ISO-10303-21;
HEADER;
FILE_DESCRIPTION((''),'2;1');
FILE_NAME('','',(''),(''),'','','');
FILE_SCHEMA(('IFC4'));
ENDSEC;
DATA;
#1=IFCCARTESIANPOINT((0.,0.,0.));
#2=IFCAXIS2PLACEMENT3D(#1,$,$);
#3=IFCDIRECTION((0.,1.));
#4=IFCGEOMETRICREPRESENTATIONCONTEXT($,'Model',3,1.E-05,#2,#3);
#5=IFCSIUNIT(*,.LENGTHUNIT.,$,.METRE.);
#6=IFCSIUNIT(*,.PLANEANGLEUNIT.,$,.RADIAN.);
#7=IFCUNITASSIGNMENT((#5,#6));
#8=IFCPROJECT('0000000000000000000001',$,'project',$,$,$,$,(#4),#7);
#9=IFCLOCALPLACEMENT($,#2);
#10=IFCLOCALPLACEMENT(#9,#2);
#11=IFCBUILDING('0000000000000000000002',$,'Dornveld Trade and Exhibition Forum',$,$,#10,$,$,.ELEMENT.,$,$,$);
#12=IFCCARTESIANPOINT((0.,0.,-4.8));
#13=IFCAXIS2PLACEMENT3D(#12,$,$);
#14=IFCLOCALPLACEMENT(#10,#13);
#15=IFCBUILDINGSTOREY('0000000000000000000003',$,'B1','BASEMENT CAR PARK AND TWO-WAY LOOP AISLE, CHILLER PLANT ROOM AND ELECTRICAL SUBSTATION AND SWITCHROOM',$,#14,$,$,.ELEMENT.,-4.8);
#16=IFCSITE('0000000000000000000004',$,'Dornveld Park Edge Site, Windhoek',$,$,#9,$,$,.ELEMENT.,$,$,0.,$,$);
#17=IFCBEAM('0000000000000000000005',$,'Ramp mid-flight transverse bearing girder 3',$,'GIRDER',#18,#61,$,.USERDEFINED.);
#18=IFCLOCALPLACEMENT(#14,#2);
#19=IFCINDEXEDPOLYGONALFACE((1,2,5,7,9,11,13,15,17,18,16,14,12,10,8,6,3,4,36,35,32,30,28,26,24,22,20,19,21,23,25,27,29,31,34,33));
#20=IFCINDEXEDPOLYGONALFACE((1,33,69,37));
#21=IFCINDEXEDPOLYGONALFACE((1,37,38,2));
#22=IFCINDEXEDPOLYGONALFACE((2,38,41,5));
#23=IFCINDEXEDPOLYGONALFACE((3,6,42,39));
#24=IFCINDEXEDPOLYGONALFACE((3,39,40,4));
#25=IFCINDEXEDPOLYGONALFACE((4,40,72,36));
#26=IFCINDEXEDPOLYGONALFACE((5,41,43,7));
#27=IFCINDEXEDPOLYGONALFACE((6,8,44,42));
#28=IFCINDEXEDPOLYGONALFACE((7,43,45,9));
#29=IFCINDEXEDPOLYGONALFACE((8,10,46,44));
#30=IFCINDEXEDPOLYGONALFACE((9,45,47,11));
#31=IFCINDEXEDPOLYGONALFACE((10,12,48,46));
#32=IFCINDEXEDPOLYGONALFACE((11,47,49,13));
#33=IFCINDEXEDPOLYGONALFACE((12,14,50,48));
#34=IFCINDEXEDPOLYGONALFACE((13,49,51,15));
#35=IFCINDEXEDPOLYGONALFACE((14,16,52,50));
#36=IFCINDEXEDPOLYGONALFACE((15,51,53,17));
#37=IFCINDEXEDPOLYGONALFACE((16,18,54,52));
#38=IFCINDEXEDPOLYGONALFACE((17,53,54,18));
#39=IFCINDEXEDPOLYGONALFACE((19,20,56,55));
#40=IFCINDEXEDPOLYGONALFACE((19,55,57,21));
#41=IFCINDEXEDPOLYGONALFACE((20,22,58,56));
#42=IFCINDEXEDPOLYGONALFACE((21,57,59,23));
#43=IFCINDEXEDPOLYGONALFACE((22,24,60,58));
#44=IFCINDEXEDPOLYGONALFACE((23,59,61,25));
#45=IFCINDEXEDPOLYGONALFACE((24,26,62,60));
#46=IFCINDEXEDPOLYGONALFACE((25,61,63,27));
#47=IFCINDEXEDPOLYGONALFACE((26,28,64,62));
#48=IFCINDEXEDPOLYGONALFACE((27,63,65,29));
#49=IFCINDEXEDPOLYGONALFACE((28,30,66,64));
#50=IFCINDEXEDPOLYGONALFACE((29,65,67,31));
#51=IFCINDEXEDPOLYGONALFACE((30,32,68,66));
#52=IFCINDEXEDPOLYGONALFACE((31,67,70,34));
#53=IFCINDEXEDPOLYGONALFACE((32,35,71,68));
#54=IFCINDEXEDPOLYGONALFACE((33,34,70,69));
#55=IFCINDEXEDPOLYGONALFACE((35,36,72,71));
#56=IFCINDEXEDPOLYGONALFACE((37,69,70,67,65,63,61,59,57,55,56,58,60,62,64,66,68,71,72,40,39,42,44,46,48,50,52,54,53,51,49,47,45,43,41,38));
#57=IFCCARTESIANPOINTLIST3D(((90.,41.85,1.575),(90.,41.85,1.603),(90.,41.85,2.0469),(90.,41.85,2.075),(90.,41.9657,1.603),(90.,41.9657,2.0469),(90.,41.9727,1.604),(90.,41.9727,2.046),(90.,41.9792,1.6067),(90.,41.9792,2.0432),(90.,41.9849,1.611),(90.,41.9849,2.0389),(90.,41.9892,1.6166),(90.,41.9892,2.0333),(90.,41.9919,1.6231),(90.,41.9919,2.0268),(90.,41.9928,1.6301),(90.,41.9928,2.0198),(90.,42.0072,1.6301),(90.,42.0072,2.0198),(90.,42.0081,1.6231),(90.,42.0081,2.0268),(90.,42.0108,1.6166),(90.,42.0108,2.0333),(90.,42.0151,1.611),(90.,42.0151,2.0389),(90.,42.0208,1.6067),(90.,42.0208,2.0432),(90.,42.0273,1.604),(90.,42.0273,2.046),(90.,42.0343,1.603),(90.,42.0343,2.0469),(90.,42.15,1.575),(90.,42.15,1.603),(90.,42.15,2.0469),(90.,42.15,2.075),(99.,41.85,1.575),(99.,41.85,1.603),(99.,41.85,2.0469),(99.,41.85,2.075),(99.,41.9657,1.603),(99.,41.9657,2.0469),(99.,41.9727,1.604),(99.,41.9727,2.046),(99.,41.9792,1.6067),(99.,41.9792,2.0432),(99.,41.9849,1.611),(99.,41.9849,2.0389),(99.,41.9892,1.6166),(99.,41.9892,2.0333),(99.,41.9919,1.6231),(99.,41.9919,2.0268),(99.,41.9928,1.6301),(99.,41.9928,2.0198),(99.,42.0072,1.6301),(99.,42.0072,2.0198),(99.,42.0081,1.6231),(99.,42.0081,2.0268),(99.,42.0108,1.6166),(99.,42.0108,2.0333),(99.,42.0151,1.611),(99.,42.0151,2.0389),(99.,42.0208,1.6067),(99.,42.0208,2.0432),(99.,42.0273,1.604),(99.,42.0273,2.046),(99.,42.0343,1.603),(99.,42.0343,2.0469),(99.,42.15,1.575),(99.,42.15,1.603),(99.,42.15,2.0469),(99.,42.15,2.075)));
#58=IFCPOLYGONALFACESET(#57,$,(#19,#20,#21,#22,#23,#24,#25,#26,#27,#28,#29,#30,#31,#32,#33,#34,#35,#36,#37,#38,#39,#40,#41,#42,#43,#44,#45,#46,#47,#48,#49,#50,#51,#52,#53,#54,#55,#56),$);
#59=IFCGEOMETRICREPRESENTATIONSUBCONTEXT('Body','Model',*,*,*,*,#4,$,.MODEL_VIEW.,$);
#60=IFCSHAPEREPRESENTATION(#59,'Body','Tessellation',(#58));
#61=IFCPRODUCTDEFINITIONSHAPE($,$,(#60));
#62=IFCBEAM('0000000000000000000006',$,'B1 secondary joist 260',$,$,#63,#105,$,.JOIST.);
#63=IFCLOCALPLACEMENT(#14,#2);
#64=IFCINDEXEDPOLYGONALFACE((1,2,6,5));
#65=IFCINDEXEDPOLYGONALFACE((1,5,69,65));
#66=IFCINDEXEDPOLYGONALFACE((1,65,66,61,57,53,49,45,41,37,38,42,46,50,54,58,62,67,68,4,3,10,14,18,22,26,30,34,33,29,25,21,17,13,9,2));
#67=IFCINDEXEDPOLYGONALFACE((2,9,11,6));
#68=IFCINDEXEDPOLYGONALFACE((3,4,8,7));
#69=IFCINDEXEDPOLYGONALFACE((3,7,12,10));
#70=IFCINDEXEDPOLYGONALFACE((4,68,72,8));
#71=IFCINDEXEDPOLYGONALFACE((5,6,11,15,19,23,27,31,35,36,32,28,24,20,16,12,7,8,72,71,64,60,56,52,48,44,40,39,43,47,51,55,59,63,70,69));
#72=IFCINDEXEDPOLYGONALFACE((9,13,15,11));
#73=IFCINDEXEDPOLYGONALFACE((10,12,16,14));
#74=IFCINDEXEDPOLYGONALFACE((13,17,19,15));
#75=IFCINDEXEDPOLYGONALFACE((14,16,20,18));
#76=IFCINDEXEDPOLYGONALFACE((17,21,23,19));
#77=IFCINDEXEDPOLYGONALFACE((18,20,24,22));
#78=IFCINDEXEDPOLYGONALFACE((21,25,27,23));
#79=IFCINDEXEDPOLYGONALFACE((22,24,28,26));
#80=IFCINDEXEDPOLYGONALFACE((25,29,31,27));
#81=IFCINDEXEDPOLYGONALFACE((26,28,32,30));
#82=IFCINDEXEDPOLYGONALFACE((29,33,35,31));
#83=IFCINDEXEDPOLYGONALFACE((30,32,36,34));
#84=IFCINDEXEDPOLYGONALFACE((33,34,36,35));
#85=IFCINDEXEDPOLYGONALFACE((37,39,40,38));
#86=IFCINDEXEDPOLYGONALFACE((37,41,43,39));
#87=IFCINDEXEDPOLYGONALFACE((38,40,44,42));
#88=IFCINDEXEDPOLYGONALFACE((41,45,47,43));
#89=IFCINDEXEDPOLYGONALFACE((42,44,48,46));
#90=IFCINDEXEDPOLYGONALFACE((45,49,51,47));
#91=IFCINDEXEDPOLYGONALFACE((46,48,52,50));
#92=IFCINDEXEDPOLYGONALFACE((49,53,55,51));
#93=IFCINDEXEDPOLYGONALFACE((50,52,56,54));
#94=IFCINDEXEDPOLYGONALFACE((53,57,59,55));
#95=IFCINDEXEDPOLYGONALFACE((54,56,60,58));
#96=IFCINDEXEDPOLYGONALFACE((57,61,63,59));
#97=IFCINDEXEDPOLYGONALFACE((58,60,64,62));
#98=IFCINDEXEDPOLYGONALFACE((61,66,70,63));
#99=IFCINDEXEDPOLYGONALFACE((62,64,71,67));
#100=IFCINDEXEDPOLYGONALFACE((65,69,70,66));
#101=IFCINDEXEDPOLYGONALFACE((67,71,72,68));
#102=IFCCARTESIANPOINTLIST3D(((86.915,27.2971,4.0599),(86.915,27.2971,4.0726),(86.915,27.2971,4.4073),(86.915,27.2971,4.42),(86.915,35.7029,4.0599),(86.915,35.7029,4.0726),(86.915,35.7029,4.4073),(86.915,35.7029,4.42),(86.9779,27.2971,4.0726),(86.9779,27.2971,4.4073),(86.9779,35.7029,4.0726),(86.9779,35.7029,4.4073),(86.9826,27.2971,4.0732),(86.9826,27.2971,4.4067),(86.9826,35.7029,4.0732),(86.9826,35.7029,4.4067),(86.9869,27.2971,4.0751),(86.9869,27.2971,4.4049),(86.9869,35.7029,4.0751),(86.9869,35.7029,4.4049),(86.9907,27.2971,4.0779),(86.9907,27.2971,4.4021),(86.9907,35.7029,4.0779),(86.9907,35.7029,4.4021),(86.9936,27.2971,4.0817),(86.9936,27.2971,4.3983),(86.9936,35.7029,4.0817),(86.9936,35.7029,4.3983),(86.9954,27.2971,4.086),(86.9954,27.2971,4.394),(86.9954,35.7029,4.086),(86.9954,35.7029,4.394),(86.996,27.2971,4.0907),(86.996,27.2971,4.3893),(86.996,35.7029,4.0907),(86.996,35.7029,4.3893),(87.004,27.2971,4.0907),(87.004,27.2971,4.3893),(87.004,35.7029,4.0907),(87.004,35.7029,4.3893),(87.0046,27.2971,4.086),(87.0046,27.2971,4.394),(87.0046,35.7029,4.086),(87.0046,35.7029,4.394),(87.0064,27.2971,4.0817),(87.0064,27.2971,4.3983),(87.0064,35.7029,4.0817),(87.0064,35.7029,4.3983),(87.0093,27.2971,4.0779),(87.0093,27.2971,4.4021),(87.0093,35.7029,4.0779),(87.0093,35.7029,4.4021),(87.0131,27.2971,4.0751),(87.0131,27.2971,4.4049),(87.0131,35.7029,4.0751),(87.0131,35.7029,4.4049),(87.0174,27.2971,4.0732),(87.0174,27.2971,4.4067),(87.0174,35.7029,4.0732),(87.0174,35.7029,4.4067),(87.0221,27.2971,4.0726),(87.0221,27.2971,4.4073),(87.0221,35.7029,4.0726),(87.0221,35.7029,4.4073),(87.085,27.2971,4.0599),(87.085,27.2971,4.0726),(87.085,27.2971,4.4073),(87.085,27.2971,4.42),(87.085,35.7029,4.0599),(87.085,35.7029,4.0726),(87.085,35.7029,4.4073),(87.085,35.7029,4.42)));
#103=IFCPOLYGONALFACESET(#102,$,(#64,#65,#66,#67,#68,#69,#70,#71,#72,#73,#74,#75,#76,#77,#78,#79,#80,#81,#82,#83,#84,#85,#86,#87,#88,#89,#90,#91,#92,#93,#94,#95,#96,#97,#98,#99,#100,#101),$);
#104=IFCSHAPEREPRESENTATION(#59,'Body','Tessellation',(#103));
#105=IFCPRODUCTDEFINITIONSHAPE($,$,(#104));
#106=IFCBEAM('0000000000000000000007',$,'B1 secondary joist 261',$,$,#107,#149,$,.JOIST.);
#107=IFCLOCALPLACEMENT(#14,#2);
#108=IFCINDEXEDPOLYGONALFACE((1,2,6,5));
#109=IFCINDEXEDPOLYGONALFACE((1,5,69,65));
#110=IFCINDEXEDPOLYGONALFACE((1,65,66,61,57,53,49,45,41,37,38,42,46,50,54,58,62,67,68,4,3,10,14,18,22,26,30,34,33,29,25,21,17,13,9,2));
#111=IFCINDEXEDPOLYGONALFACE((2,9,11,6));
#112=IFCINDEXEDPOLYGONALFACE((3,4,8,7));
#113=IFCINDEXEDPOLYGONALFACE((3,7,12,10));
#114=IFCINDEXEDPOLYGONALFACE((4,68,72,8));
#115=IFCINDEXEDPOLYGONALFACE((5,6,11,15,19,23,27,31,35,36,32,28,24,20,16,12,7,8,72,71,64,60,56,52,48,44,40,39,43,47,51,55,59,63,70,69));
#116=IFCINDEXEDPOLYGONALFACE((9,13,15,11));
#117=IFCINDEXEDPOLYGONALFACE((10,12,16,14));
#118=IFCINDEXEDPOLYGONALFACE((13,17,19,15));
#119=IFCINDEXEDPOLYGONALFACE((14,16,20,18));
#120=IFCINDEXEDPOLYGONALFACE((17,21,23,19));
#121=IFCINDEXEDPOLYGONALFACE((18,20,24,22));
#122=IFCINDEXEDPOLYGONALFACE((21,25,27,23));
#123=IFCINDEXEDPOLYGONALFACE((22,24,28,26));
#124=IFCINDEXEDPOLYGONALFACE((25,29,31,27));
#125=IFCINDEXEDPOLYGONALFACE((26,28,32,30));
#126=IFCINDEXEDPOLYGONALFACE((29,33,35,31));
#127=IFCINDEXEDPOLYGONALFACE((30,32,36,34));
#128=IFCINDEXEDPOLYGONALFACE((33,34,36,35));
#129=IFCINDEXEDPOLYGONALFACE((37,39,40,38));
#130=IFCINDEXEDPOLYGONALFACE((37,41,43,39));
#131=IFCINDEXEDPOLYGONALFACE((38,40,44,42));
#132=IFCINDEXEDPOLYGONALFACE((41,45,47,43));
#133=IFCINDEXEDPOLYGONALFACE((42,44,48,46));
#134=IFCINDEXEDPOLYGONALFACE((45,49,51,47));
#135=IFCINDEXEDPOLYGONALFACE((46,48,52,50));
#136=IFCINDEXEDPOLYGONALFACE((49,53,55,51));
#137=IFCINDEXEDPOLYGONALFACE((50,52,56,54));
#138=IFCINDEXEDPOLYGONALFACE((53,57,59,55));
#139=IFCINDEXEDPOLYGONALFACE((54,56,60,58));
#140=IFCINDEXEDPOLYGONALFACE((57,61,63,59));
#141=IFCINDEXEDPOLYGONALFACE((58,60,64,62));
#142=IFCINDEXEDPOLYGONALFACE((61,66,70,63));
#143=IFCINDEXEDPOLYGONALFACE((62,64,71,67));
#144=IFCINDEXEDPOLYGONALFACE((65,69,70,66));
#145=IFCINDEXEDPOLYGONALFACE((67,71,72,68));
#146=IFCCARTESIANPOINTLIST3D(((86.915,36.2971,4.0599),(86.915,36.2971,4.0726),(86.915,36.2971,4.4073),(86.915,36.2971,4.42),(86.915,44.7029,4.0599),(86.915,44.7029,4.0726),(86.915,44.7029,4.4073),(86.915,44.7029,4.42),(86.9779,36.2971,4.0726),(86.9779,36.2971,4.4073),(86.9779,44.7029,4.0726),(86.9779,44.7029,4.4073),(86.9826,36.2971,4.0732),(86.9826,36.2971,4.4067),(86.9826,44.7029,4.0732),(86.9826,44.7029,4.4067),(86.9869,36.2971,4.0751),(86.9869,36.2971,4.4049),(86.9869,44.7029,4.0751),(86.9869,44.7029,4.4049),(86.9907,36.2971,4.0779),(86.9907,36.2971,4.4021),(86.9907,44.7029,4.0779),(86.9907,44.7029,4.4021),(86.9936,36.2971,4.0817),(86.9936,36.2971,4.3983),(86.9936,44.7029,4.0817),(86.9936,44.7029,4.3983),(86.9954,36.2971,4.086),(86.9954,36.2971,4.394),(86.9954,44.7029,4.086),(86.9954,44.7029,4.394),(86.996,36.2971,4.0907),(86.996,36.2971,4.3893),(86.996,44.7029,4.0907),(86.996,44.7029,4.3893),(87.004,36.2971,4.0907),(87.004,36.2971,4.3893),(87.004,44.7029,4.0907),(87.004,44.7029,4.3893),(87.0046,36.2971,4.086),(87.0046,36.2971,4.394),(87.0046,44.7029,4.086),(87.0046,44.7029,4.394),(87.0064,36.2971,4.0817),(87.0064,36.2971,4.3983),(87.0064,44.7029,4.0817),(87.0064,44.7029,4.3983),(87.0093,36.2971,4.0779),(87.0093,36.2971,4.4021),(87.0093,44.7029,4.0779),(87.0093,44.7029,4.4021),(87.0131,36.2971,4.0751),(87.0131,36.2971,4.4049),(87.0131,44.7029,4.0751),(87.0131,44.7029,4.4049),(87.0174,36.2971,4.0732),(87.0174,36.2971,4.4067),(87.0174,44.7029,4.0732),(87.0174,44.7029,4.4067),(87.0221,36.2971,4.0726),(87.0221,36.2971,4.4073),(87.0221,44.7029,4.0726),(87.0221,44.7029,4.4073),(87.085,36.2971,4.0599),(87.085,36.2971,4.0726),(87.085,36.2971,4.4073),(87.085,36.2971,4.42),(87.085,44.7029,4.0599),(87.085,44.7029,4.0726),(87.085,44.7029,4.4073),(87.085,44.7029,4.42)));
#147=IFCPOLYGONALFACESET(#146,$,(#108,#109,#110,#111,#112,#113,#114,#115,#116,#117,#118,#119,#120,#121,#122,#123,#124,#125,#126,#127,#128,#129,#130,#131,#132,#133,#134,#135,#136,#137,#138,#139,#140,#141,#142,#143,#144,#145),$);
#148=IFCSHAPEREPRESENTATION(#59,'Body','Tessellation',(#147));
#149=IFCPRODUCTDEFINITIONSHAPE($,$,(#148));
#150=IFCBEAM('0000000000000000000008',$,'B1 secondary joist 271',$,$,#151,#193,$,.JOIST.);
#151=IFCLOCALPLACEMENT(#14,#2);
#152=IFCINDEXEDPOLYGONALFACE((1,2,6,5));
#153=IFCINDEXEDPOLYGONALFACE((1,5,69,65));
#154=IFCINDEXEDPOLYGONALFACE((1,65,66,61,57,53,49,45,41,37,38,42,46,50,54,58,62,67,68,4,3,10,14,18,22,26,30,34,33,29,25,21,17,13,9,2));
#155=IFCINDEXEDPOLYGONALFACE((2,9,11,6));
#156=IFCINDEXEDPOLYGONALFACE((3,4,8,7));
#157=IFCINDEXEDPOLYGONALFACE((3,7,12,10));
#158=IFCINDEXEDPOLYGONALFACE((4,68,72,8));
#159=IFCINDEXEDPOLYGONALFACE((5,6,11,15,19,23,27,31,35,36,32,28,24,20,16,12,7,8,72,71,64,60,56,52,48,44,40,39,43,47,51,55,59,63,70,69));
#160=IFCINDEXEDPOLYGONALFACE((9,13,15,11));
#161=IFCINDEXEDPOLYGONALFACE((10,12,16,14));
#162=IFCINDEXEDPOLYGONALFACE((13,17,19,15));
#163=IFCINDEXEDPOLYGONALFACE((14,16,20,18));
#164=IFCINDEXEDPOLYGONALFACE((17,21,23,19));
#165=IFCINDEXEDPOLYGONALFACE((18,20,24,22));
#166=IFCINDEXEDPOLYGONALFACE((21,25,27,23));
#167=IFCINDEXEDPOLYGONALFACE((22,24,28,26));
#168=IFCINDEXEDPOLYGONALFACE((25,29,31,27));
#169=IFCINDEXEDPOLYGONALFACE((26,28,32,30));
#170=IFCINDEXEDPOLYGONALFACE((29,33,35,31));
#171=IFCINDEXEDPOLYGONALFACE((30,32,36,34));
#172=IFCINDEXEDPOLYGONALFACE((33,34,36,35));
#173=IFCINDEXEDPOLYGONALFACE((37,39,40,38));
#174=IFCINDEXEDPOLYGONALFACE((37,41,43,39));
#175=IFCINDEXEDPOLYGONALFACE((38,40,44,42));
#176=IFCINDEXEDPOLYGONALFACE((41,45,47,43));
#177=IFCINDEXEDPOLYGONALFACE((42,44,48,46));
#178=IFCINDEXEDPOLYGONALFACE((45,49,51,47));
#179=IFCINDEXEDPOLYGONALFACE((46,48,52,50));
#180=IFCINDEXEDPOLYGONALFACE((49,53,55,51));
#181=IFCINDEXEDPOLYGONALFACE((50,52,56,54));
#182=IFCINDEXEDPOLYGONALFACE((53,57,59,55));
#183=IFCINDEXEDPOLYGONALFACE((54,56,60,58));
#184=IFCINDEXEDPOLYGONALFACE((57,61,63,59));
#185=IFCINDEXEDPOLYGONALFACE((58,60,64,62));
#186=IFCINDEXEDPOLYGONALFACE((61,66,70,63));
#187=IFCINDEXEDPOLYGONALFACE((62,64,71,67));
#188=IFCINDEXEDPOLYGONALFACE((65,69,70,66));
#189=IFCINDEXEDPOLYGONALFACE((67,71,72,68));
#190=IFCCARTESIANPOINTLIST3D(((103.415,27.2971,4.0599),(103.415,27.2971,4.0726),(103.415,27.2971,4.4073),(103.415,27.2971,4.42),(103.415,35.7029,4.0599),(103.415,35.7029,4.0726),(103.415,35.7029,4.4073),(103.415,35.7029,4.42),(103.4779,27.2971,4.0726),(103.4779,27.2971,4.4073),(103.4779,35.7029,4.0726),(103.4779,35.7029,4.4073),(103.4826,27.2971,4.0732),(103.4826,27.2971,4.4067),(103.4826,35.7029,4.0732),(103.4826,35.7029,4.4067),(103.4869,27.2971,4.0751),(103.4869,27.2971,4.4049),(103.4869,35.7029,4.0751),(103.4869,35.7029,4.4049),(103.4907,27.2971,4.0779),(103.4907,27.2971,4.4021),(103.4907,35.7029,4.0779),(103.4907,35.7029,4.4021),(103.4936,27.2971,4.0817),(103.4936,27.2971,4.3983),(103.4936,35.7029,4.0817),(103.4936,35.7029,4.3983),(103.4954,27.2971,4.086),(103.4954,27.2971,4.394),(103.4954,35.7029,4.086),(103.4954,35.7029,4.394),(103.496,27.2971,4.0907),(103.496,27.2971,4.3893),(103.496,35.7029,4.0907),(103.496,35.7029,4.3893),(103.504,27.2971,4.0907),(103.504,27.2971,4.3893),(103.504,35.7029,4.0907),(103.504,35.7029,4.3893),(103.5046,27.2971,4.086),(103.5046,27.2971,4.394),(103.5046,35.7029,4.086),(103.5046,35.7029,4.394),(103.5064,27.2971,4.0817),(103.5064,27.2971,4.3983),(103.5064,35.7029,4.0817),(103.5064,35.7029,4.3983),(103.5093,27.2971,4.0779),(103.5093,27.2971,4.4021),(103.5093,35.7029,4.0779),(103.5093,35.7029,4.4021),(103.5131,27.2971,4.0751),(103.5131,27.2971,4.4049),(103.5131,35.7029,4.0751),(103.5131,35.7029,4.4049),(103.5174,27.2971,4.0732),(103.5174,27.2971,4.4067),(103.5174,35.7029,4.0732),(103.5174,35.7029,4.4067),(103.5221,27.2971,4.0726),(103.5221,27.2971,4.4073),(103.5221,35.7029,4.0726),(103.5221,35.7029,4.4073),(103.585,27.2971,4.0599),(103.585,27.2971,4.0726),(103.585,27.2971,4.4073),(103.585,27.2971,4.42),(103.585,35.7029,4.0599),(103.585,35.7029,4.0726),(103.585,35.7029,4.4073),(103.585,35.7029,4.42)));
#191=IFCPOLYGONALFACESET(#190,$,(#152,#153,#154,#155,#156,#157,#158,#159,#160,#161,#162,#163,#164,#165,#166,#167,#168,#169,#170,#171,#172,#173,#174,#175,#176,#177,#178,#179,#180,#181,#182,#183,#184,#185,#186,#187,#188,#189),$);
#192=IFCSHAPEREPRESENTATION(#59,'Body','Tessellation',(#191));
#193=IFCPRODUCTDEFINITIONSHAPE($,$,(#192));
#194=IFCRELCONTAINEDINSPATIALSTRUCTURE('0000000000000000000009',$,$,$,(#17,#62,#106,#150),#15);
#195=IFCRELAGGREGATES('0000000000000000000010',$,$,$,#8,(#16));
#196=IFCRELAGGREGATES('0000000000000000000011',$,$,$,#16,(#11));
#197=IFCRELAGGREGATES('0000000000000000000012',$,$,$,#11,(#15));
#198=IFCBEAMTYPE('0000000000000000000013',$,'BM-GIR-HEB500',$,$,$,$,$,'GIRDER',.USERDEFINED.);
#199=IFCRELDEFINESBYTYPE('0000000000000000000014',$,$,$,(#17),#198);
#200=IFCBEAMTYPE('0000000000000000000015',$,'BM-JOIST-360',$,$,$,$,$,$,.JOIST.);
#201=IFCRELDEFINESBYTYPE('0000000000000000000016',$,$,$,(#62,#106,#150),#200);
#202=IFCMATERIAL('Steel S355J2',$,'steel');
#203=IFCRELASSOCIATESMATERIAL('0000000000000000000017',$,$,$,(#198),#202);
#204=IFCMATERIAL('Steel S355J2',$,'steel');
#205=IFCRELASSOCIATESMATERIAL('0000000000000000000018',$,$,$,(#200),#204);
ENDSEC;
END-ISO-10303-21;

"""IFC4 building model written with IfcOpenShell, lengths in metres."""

from ifc_helpers import new_model, si_unit, direction, frame, origin, origin_2d, place, context, subcontext, project, spatial, i_section, extrude, material, material_profile, profile_set, type_object, element, save


model = new_model("IFC4")

# Units and contexts
model_context = context("Model", 3, precision=1e-05, world=origin(), true_north=direction((0.0, 1.0)))
body_context = subcontext(model_context, "Body", "Model", "MODEL_VIEW")
ifc_project = project(units=[si_unit("LENGTHUNIT", "METRE"), si_unit("PLANEANGLEUNIT", "RADIAN")], contexts=[model_context])

# Site, building, storey
site_placement = place(None, origin())
site = spatial("IfcSite", under=ifc_project, at=site_placement, Name="Dornveld Park Edge Site, Windhoek", CompositionType="ELEMENT", RefElevation=0.0)
building_placement = place(site_placement, origin())
building = spatial("IfcBuilding", under=site, at=building_placement, Name="Dornveld Trade and Exhibition Forum", CompositionType="ELEMENT")
storey_placement = place(building_placement, frame((0.0, 0.0, -4.8)))
storey = spatial("IfcBuildingStorey", under=building, at=storey_placement, Name="B1", Description="BASEMENT CAR PARK AND TWO-WAY LOOP AISLE, CHILLER PLANT ROOM AND ELECTRICAL SUBSTATION AND SWITCHROOM", CompositionType="ELEMENT", Elevation=-4.8)

# Beams
ifc_material_1 = material(Name="Steel S355J2", Category="steel")
ifc_material_profile_1 = material_profile(ifc_material_1, i_section(OverallWidth=0.3, OverallDepth=0.5, WebThickness=0.0144, FlangeThickness=0.0281, FilletRadius=0.0271, at=origin_2d()), Name="HEB 500")
ifc_profile_set_1 = profile_set([ifc_material_profile_1], Name="Steel S355J2")
beam_type_1 = type_object("IfcBeamType", Name="BM-GIR-HEB500", ElementType="GIRDER", PredefinedType="USERDEFINED", material=ifc_profile_set_1)
beam_1_placement = place(storey_placement, frame((90.0, 42.0, 1.825), z_axis=(1.0, 0.0, 0.0), x_axis=(0.0, 1.0, 0.0)))
element("IfcBeam", 1, at=beam_1_placement, inside=storey, type_object=beam_type_1, Name="Ramp mid-flight transverse bearing girder 3", ObjectType="GIRDER", PredefinedType="USERDEFINED", context=body_context, shape_type="SweptSolid", body=[
    extrude(i_section(OverallWidth=0.3, OverallDepth=0.5, WebThickness=0.0144, FlangeThickness=0.0281, FilletRadius=0.0271, at=origin_2d()), origin(), (0.0, 0.0, 1.0), 9.0),
])
ifc_material_2 = material(Name="Steel S355J2", Category="steel")
ifc_material_profile_2 = material_profile(ifc_material_2, i_section(OverallWidth=0.1699, OverallDepth=0.3601, WebThickness=0.0081, FlangeThickness=0.0127, FilletRadius=0.0181, at=origin_2d()), Name="IPE 360")
ifc_profile_set_2 = profile_set([ifc_material_profile_2], Name="Steel S355J2")
beam_type_2 = type_object("IfcBeamType", Name="BM-JOIST-360", PredefinedType="JOIST", material=ifc_profile_set_2)
for number, where, z_axis, x_axis, name in (
    (2, (87.0, 27.2971, 4.24), (0.0, 1.0, 0.0), (-1.0, 0.0, 0.0), "B1 secondary joist 260"),
    (3, (87.0, 36.2971, 4.24), (0.0, 1.0, 0.0), (-1.0, 0.0, 0.0), "B1 secondary joist 261"),
    (4, (103.5, 27.2971, 4.24), (0.0, 1.0, 0.0), (-1.0, 0.0, 0.0), "B1 secondary joist 271"),
):
    element("IfcBeam", number, at=place(storey_placement, frame(where, z_axis=z_axis, x_axis=x_axis)), inside=storey, type_object=beam_type_2, Name=name, PredefinedType="JOIST", context=body_context, shape_type="SweptSolid", body=[
        extrude(i_section(OverallWidth=0.1699, OverallDepth=0.3601, WebThickness=0.0081, FlangeThickness=0.0127, FilletRadius=0.0181, at=origin_2d()), origin(), (0.0, 0.0, 1.0), 8.4058),
    ])

save(model, "model.ifc")
